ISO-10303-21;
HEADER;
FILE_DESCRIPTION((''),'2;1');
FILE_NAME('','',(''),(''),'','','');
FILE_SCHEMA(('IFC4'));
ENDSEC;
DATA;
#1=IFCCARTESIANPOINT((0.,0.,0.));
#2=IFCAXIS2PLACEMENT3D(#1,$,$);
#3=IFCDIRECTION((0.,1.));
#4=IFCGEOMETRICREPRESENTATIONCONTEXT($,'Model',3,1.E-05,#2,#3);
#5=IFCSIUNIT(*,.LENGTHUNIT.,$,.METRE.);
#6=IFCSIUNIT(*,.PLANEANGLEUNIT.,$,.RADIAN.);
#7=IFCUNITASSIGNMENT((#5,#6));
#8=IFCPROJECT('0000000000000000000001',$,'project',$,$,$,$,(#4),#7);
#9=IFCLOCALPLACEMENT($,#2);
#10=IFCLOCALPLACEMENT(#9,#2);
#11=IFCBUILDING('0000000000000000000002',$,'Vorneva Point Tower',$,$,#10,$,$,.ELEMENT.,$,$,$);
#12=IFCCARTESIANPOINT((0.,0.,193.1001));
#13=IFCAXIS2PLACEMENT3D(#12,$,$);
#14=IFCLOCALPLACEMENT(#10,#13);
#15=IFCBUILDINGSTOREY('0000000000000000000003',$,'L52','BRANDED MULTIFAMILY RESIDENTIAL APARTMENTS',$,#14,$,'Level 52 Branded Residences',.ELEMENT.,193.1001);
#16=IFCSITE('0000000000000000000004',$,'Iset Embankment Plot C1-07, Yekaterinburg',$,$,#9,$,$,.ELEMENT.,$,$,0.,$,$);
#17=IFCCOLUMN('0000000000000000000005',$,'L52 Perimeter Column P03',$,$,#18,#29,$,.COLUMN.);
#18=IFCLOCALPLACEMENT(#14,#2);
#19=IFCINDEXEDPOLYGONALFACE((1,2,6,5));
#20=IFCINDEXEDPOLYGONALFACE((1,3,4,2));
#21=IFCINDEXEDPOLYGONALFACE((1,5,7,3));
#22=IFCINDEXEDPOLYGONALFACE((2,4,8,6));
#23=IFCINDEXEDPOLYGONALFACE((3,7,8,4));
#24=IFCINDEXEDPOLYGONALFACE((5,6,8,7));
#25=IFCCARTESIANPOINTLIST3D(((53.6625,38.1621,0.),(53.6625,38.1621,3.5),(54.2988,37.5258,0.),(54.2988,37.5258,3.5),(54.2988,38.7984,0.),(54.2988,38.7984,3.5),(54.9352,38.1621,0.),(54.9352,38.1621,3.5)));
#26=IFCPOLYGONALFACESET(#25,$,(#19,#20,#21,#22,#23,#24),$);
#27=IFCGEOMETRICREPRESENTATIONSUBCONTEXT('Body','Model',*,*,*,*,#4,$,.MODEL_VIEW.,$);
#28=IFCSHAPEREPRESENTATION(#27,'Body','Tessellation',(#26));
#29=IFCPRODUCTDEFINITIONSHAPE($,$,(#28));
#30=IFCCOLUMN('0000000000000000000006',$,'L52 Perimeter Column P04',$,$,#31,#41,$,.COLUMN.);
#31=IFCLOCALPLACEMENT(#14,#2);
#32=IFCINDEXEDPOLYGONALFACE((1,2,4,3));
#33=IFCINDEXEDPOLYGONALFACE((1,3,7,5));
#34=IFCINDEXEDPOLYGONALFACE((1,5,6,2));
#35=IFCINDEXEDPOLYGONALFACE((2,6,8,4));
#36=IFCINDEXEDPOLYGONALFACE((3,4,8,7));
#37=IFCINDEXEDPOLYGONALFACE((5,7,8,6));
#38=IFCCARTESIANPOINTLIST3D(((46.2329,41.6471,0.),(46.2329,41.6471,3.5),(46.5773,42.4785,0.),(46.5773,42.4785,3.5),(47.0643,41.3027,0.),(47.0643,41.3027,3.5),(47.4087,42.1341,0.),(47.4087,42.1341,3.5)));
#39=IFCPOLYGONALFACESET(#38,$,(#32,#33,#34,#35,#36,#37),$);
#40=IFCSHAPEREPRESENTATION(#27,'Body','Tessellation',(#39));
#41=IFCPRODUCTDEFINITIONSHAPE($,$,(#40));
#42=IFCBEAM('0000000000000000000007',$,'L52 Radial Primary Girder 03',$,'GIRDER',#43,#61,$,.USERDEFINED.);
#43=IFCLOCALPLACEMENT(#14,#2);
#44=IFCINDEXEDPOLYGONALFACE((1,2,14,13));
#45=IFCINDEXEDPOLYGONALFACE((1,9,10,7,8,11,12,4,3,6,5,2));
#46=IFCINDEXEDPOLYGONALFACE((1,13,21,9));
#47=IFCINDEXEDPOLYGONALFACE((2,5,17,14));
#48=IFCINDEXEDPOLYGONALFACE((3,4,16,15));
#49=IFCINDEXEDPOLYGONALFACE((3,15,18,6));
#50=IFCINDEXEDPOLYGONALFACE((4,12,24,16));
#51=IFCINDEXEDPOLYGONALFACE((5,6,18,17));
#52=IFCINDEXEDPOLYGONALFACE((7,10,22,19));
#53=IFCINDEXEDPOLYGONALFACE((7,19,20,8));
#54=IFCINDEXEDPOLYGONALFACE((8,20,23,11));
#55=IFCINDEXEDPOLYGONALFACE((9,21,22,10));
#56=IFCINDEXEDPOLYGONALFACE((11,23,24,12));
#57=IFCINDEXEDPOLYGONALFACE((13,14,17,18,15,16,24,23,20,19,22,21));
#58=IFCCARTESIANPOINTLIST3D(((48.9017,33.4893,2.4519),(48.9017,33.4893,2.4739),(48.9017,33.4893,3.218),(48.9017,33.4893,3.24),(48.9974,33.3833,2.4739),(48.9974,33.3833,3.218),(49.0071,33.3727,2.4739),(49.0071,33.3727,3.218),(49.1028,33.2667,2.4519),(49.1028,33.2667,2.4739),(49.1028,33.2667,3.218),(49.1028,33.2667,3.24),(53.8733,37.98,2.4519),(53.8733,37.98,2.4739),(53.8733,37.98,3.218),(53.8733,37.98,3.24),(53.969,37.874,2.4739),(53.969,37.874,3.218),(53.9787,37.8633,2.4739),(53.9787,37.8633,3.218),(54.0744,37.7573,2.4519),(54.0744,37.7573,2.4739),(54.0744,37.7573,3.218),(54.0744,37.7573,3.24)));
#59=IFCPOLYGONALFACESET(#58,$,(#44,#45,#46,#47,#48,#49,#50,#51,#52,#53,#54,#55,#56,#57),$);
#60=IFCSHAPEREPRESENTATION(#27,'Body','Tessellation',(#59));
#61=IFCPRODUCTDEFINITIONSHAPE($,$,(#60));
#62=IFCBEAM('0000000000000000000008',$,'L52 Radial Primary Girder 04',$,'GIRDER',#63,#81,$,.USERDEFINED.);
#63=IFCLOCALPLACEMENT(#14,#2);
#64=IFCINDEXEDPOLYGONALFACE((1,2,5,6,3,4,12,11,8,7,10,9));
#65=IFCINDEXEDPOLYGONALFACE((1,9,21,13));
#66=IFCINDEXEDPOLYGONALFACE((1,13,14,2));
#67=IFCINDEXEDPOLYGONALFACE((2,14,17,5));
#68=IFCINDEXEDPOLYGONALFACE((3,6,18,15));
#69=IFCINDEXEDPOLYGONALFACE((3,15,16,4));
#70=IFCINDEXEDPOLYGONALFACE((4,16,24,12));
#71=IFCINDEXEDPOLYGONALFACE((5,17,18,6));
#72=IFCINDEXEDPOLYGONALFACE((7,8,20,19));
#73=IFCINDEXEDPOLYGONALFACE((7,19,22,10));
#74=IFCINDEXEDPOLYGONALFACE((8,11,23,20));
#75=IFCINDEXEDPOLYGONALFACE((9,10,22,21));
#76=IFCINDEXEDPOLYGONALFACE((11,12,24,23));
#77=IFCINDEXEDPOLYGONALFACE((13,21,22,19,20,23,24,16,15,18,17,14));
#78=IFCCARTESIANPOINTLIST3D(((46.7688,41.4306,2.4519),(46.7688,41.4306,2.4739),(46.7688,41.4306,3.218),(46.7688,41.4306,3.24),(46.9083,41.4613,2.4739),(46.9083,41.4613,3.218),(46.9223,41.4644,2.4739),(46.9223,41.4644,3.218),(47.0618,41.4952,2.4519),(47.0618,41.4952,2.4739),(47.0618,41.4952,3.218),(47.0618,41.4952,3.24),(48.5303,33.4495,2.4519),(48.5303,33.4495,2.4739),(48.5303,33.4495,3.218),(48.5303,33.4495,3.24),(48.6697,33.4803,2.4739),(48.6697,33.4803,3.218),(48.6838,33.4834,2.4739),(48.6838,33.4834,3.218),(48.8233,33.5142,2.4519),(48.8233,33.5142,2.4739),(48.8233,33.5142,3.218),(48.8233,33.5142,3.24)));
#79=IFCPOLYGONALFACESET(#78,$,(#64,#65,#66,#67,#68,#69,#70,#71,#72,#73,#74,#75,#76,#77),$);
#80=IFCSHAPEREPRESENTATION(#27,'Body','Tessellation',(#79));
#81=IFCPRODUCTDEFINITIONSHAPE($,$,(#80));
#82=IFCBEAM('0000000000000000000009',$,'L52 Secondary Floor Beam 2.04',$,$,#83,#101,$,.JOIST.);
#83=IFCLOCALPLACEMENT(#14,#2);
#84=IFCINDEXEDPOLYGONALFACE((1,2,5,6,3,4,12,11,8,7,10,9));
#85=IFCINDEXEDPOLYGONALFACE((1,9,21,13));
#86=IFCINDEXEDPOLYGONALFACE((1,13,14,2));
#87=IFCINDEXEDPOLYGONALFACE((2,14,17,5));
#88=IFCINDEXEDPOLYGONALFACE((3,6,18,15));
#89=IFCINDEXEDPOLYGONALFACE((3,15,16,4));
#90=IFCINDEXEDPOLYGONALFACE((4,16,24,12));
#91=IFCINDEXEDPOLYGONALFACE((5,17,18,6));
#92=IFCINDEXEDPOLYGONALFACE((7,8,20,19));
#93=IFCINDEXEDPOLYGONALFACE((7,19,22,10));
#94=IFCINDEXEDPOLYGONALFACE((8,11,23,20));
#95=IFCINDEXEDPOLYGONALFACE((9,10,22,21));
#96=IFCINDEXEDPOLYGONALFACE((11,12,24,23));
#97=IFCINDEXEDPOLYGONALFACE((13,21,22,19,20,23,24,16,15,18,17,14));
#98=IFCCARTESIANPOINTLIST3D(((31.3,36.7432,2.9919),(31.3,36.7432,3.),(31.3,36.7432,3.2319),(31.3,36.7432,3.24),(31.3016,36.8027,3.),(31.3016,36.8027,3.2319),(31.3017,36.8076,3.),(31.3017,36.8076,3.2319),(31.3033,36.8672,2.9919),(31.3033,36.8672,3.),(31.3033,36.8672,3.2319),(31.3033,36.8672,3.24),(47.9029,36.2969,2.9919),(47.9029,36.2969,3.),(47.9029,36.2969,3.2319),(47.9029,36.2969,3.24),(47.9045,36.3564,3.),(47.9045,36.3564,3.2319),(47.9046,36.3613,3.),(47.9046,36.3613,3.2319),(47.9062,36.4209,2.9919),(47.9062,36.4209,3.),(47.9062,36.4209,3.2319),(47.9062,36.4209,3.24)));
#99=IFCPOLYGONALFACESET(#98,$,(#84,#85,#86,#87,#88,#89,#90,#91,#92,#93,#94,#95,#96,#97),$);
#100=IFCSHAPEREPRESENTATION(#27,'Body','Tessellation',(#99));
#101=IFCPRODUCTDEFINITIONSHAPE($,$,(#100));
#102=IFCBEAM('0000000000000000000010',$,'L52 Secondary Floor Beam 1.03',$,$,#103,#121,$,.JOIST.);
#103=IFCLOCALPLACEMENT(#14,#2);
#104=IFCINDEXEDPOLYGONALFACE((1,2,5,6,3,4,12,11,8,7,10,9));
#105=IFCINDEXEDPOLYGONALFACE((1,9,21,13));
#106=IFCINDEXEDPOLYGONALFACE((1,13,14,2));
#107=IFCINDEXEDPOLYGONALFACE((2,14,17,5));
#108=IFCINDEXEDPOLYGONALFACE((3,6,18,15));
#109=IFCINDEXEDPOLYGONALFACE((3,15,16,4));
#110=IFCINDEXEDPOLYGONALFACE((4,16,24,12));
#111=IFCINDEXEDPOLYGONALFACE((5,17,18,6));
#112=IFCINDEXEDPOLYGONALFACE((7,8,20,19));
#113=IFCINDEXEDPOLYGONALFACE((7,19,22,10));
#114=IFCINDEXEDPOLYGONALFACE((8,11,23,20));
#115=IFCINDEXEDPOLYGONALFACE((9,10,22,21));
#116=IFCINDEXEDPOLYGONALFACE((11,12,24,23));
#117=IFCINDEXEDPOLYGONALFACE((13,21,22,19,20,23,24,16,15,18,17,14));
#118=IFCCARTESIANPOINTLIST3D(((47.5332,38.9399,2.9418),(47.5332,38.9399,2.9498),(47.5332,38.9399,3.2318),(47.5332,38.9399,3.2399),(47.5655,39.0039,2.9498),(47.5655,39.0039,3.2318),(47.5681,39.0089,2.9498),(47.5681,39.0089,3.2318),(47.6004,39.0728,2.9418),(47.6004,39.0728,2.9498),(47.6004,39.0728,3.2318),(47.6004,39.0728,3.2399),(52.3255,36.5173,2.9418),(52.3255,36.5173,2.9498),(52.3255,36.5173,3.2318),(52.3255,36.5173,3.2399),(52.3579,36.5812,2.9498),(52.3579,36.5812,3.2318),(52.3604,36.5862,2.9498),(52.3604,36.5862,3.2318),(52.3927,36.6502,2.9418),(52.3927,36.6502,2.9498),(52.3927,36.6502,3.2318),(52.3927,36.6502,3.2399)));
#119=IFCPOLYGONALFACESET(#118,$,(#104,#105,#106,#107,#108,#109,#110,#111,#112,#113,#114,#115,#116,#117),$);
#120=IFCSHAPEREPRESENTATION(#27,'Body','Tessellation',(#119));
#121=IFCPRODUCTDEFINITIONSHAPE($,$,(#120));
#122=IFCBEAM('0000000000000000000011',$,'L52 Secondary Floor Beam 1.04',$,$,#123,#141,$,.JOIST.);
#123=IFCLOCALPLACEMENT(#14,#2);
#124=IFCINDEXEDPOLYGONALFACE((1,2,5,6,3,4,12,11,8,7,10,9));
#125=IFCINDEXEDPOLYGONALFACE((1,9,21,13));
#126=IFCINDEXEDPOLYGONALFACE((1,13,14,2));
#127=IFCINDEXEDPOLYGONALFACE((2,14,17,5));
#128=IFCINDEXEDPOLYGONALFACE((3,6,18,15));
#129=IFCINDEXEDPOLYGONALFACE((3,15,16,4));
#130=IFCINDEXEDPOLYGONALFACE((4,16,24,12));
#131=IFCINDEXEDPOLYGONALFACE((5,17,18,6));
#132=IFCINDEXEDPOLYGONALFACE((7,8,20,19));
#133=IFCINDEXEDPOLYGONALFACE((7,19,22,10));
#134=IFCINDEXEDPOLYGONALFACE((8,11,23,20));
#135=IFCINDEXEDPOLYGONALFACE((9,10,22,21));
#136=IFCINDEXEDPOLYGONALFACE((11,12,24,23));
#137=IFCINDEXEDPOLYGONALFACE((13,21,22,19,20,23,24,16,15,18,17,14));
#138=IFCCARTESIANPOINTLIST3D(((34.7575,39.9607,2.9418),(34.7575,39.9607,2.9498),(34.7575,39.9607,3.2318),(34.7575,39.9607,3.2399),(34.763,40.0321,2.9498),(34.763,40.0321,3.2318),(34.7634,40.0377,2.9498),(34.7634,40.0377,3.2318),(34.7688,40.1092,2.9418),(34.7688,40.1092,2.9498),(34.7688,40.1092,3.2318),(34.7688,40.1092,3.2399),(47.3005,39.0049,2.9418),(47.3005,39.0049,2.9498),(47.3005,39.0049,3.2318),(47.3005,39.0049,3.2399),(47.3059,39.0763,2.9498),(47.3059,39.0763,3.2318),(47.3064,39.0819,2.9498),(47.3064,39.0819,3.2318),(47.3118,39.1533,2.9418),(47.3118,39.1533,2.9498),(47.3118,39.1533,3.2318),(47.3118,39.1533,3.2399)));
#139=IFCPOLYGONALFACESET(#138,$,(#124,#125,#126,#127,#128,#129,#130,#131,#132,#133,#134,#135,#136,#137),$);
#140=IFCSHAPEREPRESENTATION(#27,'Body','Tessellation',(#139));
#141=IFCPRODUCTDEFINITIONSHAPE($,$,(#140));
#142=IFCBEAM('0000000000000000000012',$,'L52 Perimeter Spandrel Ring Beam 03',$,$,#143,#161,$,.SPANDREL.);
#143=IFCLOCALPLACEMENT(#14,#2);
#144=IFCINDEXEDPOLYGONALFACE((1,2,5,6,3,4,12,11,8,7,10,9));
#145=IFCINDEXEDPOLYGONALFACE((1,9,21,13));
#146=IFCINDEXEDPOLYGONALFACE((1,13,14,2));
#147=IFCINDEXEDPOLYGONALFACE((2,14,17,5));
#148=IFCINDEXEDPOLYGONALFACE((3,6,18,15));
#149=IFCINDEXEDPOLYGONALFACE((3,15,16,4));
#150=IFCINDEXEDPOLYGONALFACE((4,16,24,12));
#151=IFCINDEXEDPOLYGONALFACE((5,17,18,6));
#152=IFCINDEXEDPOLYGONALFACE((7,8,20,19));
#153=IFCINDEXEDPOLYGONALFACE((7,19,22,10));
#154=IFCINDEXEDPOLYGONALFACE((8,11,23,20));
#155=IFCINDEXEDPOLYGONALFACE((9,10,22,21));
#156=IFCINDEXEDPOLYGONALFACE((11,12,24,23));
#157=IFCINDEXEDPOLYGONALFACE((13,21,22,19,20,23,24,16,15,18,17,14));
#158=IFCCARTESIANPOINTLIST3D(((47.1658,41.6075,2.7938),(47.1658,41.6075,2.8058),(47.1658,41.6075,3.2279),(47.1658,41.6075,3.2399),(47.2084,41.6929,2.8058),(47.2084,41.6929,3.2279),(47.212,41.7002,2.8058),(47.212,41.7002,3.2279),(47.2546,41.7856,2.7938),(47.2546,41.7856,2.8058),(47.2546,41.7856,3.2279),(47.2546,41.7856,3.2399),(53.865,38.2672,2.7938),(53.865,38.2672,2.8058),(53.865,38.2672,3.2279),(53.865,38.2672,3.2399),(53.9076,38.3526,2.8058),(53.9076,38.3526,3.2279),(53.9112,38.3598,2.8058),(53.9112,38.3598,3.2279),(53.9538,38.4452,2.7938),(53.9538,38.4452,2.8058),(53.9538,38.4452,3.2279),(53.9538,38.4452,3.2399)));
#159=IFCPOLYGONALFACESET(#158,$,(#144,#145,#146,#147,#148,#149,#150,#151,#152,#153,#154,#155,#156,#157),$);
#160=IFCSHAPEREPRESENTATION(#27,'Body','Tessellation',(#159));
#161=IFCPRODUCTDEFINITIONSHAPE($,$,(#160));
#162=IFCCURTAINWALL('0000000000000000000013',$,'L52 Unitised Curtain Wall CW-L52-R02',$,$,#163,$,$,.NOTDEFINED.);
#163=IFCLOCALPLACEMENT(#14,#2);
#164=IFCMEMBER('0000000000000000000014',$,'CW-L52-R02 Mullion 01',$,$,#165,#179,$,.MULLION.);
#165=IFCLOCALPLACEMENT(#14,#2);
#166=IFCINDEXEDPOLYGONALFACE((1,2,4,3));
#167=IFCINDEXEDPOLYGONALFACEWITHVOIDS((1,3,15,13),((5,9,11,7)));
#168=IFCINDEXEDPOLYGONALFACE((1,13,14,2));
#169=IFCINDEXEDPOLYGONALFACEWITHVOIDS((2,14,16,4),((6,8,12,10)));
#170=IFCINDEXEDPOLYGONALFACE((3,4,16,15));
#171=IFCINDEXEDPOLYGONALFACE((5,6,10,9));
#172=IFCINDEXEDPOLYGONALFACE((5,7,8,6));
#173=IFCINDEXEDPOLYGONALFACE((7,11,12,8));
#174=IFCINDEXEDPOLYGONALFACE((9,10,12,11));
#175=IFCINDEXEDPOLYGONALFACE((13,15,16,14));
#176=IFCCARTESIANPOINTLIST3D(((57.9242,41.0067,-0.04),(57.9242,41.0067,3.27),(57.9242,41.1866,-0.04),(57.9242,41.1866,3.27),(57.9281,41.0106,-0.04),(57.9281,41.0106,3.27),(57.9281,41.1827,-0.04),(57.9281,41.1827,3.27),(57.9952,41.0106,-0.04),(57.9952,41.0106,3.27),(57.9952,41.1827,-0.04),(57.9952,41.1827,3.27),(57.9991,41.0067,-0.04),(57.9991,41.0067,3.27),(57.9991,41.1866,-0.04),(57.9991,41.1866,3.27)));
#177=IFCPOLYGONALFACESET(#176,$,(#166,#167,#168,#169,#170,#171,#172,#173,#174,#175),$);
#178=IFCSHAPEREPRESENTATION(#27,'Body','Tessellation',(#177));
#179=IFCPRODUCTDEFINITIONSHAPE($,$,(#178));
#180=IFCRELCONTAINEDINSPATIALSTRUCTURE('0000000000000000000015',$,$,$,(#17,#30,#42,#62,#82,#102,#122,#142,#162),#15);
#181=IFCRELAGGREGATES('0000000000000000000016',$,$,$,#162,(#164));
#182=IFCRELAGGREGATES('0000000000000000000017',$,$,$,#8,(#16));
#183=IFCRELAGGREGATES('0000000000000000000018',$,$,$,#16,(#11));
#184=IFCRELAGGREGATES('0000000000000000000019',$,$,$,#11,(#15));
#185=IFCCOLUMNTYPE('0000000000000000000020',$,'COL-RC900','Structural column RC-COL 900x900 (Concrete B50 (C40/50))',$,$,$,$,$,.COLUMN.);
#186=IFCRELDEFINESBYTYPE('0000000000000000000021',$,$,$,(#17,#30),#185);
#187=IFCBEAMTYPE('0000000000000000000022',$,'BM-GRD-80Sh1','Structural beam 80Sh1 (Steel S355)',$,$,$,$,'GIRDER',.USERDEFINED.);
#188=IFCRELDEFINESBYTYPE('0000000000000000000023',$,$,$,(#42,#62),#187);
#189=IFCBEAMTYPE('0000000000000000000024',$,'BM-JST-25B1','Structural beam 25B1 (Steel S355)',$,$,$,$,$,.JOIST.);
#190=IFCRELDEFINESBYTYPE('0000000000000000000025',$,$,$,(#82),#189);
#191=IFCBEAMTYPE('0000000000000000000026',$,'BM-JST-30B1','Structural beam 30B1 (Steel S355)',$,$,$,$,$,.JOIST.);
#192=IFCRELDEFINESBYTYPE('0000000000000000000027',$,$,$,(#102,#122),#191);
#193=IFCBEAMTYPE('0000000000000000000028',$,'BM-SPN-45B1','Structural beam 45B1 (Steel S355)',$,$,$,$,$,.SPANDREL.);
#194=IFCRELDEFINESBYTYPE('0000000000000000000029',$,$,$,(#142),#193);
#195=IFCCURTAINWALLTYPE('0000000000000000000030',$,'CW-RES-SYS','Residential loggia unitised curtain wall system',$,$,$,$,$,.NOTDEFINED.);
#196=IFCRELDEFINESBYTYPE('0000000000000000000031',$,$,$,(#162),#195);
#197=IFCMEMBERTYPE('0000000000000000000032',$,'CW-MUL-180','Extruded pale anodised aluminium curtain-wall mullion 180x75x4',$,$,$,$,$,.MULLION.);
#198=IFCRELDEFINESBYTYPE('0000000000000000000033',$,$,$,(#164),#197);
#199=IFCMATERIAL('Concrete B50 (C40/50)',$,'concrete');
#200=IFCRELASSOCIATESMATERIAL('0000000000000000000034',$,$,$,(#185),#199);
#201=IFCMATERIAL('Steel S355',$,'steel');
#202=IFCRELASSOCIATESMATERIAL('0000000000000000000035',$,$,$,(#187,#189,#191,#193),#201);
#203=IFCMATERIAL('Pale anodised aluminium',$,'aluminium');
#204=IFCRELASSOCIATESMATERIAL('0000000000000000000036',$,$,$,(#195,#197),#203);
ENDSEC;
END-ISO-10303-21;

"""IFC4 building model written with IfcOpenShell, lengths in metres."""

from ifc_helpers import new_model, si_unit, direction, frame, origin, origin_2d, place, context, subcontext, project, spatial, rectangle, hollow_rectangle, i_section, extrude, material, material_profile, profile_set, type_object, element, aggregate, save


model = new_model("IFC4")

# Units and contexts
model_context = context("Model", 3, precision=1e-05, world=origin(), true_north=direction((0.0, 1.0)))
body_context = subcontext(model_context, "Body", "Model", "MODEL_VIEW")
ifc_project = project(units=[si_unit("LENGTHUNIT", "METRE"), si_unit("PLANEANGLEUNIT", "RADIAN")], contexts=[model_context])

# Site, building, storey
site_placement = place(None, origin())
site = spatial("IfcSite", under=ifc_project, at=site_placement, Name="Iset Embankment Plot C1-07, Yekaterinburg", CompositionType="ELEMENT", RefElevation=0.0)
building_placement = place(site_placement, origin())
building = spatial("IfcBuilding", under=site, at=building_placement, Name="Vorneva Point Tower", CompositionType="ELEMENT")
storey_placement = place(building_placement, frame((0.0, 0.0, 193.1001)))
storey = spatial("IfcBuildingStorey", under=building, at=storey_placement, Name="L52", Description="BRANDED MULTIFAMILY RESIDENTIAL APARTMENTS", LongName="Level 52 Branded Residences", CompositionType="ELEMENT", Elevation=193.1001)

# Columns
ifc_material_1 = material(Name="Concrete B50 (C40/50)", Category="concrete")
ifc_material_profile_1 = material_profile(ifc_material_1, rectangle(XDim=0.8999, YDim=0.8999, at=origin_2d()), Name="RC-COL 900x900")
ifc_profile_set_1 = profile_set([ifc_material_profile_1], Name="Concrete B50 (C40/50)")
column_type = type_object("IfcColumnType", Name="COL-RC900", Description="Structural column RC-COL 900x900 (Concrete B50 (C40/50))", PredefinedType="COLUMN", material=ifc_profile_set_1)
for number, where, z_axis, x_axis, name in (
    (1, (54.2988, 38.1621, 0.0), (0.0, 0.0, 1.0), (0.707107, 0.707107, 0.0), "L52 Perimeter Column P03"),
    (2, (46.8208, 41.8906, 0.0), (0.0, 0.0, 1.0), (0.382683, 0.92388, 0.0), "L52 Perimeter Column P04"),
):
    element("IfcColumn", number, at=place(storey_placement, frame(where, z_axis=z_axis, x_axis=x_axis)), inside=storey, type_object=column_type, Name=name, PredefinedType="COLUMN", context=body_context, shape_type="SweptSolid", body=[
        extrude(rectangle(XDim=0.8999, YDim=0.8999, at=origin_2d()), origin(), (0.0, 0.0, 1.0), 3.5),
    ])

# Beams
ifc_material_2 = material(Name="Steel S355", Category="steel")
ifc_material_profile_2 = material_profile(ifc_material_2, i_section(OverallWidth=0.3, OverallDepth=0.7881, WebThickness=0.0144, FlangeThickness=0.022, at=origin_2d()), Name="80Sh1")
ifc_profile_set_2 = profile_set([ifc_material_profile_2], Name="Steel S355")
beam_type_1 = type_object("IfcBeamType", Name="BM-GRD-80Sh1", Description="Structural beam 80Sh1 (Steel S355)", ElementType="GIRDER", PredefinedType="USERDEFINED", material=ifc_profile_set_2)
beam_1_placement = place(storey_placement, frame((53.9739, 37.8687, 2.8459), z_axis=(-0.74209, -0.670301, 0.0), x_axis=(0.670301, -0.74209, 0.0)))
element("IfcBeam", 3, at=beam_1_placement, inside=storey, type_object=beam_type_1, Name="L52 Radial Primary Girder 03", ObjectType="GIRDER", PredefinedType="USERDEFINED", context=body_context, shape_type="SweptSolid", body=[
    extrude(i_section(OverallWidth=0.3, OverallDepth=0.7881, WebThickness=0.0144, FlangeThickness=0.022, at=origin_2d()), origin(), (0.0, 0.0, 1.0), 6.6995),
])
beam_2_placement = place(storey_placement, frame((46.9153, 41.4629, 2.8459), z_axis=(0.215523, -0.976499, 0.0), x_axis=(0.976499, 0.215523, 0.0)))
element("IfcBeam", 4, at=beam_2_placement, inside=storey, type_object=beam_type_1, Name="L52 Radial Primary Girder 04", ObjectType="GIRDER", PredefinedType="USERDEFINED", context=body_context, shape_type="SweptSolid", body=[
    extrude(i_section(OverallWidth=0.3, OverallDepth=0.7881, WebThickness=0.0144, FlangeThickness=0.022, at=origin_2d()), origin(), (0.0, 0.0, 1.0), 8.1731),
])
ifc_material_profile_3 = material_profile(ifc_material_2, i_section(OverallWidth=0.124, OverallDepth=0.248, WebThickness=0.0049, FlangeThickness=0.0081, at=origin_2d()), Name="25B1")
ifc_profile_set_3 = profile_set([ifc_material_profile_3], Name="Steel S355")
beam_type_2 = type_object("IfcBeamType", Name="BM-JST-25B1", Description="Structural beam 25B1 (Steel S355)", PredefinedType="JOIST", material=ifc_profile_set_3)
beam_3_placement = place(storey_placement, frame((47.9045, 36.3589, 3.116), z_axis=(-0.999639, 0.026871, 0.0), x_axis=(-0.026871, -0.999639, 0.0)))
element("IfcBeam", 5, at=beam_3_placement, inside=storey, type_object=beam_type_2, Name="L52 Secondary Floor Beam 2.04", PredefinedType="JOIST", context=body_context, shape_type="SweptSolid", body=[
    extrude(i_section(OverallWidth=0.124, OverallDepth=0.248, WebThickness=0.0049, FlangeThickness=0.0081, at=origin_2d()), origin(), (0.0, 0.0, 1.0), 16.6089),
])
ifc_material_profile_4 = material_profile(ifc_material_2, i_section(OverallWidth=0.1489, OverallDepth=0.2981, WebThickness=0.0056, FlangeThickness=0.0081, at=origin_2d()), Name="30B1")
ifc_profile_set_4 = profile_set([ifc_material_profile_4], Name="Steel S355")
beam_type_3 = type_object("IfcBeamType", Name="BM-JST-30B1", Description="Structural beam 30B1 (Steel S355)", PredefinedType="JOIST", material=ifc_profile_set_4)
beam_4_placement = place(storey_placement, frame((52.3591, 36.5837, 3.0908), z_axis=(-0.892445, 0.451156, 0.0), x_axis=(-0.451156, -0.892445, 0.0)))
element("IfcBeam", 6, at=beam_4_placement, inside=storey, type_object=beam_type_3, Name="L52 Secondary Floor Beam 1.03", PredefinedType="JOIST", context=body_context, shape_type="SweptSolid", body=[
    extrude(i_section(OverallWidth=0.1489, OverallDepth=0.2981, WebThickness=0.0056, FlangeThickness=0.0081, at=origin_2d()), origin(), (0.0, 0.0, 1.0), 5.3699),
])
beam_5_placement = place(storey_placement, frame((47.3062, 39.0791, 3.0908), z_axis=(-0.997109, 0.075983, 0.0), x_axis=(-0.075983, -0.997109, 0.0)))
element("IfcBeam", 7, at=beam_5_placement, inside=storey, type_object=beam_type_3, Name="L52 Secondary Floor Beam 1.04", PredefinedType="JOIST", context=body_context, shape_type="SweptSolid", body=[
    extrude(i_section(OverallWidth=0.1489, OverallDepth=0.2981, WebThickness=0.0056, FlangeThickness=0.0081, at=origin_2d()), origin(), (0.0, 0.0, 1.0), 12.5793),
])
ifc_material_profile_5 = material_profile(ifc_material_2, i_section(OverallWidth=0.199, OverallDepth=0.446, WebThickness=0.0081, FlangeThickness=0.012, at=origin_2d()), Name="45B1")
ifc_profile_set_5 = profile_set([ifc_material_profile_5], Name="Steel S355")
beam_type_4 = type_object("IfcBeamType", Name="BM-SPN-45B1", Description="Structural beam 45B1 (Steel S355)", PredefinedType="SPANDREL", material=ifc_profile_set_5)
beam_6_placement = place(storey_placement, frame((53.9094, 38.3562, 3.0168), z_axis=(-0.894922, 0.446222, 0.0), x_axis=(-0.446222, -0.894922, 0.0)))
element("IfcBeam", 8, at=beam_6_placement, inside=storey, type_object=beam_type_4, Name="L52 Perimeter Spandrel Ring Beam 03", PredefinedType="SPANDREL", context=body_context, shape_type="SweptSolid", body=[
    extrude(i_section(OverallWidth=0.199, OverallDepth=0.446, WebThickness=0.0081, FlangeThickness=0.012, at=origin_2d()), origin(), (0.0, 0.0, 1.0), 7.4858),
])

# Curtain wall, member
ifc_material_3 = material(Name="Pale anodised aluminium", Category="aluminium")
curtain_wall_type = type_object("IfcCurtainWallType", Name="CW-RES-SYS", Description="Residential loggia unitised curtain wall system", PredefinedType="NOTDEFINED", material=ifc_material_3)
curtain_wall_placement = place(storey_placement, origin())
curtain_wall = element("IfcCurtainWall", 9, at=curtain_wall_placement, inside=storey, type_object=curtain_wall_type, Name="L52 Unitised Curtain Wall CW-L52-R02", PredefinedType="NOTDEFINED")
ifc_material_profile_6 = material_profile(ifc_material_3, hollow_rectangle(XDim=0.075, YDim=0.1799, WallThickness=0.0039, at=origin_2d()), Name="AL-MUL 180x75x4")
ifc_profile_set_6 = profile_set([ifc_material_profile_6], Name="Pale anodised aluminium")
member_type_1 = type_object("IfcMemberType", Name="CW-MUL-180", Description="Extruded pale anodised aluminium curtain-wall mullion 180x75x4", PredefinedType="MULLION", material=ifc_profile_set_6)
member_1_placement = place(storey_placement, frame((57.9617, 41.0967, -0.04), z_axis=(0.0, 0.0, 1.0), x_axis=(1.0, 0.0, 0.0)))
member_1 = element("IfcMember", 10, at=member_1_placement, type_object=member_type_1, Name="CW-L52-R02 Mullion 01", PredefinedType="MULLION", context=body_context, shape_type="SweptSolid", body=[
    extrude(hollow_rectangle(XDim=0.075, YDim=0.1799, WallThickness=0.0039, at=origin_2d()), origin(), (0.0, 0.0, 1.0), 3.3101),
])
aggregate(curtain_wall, [member_1])

save(model, "model.ifc")
